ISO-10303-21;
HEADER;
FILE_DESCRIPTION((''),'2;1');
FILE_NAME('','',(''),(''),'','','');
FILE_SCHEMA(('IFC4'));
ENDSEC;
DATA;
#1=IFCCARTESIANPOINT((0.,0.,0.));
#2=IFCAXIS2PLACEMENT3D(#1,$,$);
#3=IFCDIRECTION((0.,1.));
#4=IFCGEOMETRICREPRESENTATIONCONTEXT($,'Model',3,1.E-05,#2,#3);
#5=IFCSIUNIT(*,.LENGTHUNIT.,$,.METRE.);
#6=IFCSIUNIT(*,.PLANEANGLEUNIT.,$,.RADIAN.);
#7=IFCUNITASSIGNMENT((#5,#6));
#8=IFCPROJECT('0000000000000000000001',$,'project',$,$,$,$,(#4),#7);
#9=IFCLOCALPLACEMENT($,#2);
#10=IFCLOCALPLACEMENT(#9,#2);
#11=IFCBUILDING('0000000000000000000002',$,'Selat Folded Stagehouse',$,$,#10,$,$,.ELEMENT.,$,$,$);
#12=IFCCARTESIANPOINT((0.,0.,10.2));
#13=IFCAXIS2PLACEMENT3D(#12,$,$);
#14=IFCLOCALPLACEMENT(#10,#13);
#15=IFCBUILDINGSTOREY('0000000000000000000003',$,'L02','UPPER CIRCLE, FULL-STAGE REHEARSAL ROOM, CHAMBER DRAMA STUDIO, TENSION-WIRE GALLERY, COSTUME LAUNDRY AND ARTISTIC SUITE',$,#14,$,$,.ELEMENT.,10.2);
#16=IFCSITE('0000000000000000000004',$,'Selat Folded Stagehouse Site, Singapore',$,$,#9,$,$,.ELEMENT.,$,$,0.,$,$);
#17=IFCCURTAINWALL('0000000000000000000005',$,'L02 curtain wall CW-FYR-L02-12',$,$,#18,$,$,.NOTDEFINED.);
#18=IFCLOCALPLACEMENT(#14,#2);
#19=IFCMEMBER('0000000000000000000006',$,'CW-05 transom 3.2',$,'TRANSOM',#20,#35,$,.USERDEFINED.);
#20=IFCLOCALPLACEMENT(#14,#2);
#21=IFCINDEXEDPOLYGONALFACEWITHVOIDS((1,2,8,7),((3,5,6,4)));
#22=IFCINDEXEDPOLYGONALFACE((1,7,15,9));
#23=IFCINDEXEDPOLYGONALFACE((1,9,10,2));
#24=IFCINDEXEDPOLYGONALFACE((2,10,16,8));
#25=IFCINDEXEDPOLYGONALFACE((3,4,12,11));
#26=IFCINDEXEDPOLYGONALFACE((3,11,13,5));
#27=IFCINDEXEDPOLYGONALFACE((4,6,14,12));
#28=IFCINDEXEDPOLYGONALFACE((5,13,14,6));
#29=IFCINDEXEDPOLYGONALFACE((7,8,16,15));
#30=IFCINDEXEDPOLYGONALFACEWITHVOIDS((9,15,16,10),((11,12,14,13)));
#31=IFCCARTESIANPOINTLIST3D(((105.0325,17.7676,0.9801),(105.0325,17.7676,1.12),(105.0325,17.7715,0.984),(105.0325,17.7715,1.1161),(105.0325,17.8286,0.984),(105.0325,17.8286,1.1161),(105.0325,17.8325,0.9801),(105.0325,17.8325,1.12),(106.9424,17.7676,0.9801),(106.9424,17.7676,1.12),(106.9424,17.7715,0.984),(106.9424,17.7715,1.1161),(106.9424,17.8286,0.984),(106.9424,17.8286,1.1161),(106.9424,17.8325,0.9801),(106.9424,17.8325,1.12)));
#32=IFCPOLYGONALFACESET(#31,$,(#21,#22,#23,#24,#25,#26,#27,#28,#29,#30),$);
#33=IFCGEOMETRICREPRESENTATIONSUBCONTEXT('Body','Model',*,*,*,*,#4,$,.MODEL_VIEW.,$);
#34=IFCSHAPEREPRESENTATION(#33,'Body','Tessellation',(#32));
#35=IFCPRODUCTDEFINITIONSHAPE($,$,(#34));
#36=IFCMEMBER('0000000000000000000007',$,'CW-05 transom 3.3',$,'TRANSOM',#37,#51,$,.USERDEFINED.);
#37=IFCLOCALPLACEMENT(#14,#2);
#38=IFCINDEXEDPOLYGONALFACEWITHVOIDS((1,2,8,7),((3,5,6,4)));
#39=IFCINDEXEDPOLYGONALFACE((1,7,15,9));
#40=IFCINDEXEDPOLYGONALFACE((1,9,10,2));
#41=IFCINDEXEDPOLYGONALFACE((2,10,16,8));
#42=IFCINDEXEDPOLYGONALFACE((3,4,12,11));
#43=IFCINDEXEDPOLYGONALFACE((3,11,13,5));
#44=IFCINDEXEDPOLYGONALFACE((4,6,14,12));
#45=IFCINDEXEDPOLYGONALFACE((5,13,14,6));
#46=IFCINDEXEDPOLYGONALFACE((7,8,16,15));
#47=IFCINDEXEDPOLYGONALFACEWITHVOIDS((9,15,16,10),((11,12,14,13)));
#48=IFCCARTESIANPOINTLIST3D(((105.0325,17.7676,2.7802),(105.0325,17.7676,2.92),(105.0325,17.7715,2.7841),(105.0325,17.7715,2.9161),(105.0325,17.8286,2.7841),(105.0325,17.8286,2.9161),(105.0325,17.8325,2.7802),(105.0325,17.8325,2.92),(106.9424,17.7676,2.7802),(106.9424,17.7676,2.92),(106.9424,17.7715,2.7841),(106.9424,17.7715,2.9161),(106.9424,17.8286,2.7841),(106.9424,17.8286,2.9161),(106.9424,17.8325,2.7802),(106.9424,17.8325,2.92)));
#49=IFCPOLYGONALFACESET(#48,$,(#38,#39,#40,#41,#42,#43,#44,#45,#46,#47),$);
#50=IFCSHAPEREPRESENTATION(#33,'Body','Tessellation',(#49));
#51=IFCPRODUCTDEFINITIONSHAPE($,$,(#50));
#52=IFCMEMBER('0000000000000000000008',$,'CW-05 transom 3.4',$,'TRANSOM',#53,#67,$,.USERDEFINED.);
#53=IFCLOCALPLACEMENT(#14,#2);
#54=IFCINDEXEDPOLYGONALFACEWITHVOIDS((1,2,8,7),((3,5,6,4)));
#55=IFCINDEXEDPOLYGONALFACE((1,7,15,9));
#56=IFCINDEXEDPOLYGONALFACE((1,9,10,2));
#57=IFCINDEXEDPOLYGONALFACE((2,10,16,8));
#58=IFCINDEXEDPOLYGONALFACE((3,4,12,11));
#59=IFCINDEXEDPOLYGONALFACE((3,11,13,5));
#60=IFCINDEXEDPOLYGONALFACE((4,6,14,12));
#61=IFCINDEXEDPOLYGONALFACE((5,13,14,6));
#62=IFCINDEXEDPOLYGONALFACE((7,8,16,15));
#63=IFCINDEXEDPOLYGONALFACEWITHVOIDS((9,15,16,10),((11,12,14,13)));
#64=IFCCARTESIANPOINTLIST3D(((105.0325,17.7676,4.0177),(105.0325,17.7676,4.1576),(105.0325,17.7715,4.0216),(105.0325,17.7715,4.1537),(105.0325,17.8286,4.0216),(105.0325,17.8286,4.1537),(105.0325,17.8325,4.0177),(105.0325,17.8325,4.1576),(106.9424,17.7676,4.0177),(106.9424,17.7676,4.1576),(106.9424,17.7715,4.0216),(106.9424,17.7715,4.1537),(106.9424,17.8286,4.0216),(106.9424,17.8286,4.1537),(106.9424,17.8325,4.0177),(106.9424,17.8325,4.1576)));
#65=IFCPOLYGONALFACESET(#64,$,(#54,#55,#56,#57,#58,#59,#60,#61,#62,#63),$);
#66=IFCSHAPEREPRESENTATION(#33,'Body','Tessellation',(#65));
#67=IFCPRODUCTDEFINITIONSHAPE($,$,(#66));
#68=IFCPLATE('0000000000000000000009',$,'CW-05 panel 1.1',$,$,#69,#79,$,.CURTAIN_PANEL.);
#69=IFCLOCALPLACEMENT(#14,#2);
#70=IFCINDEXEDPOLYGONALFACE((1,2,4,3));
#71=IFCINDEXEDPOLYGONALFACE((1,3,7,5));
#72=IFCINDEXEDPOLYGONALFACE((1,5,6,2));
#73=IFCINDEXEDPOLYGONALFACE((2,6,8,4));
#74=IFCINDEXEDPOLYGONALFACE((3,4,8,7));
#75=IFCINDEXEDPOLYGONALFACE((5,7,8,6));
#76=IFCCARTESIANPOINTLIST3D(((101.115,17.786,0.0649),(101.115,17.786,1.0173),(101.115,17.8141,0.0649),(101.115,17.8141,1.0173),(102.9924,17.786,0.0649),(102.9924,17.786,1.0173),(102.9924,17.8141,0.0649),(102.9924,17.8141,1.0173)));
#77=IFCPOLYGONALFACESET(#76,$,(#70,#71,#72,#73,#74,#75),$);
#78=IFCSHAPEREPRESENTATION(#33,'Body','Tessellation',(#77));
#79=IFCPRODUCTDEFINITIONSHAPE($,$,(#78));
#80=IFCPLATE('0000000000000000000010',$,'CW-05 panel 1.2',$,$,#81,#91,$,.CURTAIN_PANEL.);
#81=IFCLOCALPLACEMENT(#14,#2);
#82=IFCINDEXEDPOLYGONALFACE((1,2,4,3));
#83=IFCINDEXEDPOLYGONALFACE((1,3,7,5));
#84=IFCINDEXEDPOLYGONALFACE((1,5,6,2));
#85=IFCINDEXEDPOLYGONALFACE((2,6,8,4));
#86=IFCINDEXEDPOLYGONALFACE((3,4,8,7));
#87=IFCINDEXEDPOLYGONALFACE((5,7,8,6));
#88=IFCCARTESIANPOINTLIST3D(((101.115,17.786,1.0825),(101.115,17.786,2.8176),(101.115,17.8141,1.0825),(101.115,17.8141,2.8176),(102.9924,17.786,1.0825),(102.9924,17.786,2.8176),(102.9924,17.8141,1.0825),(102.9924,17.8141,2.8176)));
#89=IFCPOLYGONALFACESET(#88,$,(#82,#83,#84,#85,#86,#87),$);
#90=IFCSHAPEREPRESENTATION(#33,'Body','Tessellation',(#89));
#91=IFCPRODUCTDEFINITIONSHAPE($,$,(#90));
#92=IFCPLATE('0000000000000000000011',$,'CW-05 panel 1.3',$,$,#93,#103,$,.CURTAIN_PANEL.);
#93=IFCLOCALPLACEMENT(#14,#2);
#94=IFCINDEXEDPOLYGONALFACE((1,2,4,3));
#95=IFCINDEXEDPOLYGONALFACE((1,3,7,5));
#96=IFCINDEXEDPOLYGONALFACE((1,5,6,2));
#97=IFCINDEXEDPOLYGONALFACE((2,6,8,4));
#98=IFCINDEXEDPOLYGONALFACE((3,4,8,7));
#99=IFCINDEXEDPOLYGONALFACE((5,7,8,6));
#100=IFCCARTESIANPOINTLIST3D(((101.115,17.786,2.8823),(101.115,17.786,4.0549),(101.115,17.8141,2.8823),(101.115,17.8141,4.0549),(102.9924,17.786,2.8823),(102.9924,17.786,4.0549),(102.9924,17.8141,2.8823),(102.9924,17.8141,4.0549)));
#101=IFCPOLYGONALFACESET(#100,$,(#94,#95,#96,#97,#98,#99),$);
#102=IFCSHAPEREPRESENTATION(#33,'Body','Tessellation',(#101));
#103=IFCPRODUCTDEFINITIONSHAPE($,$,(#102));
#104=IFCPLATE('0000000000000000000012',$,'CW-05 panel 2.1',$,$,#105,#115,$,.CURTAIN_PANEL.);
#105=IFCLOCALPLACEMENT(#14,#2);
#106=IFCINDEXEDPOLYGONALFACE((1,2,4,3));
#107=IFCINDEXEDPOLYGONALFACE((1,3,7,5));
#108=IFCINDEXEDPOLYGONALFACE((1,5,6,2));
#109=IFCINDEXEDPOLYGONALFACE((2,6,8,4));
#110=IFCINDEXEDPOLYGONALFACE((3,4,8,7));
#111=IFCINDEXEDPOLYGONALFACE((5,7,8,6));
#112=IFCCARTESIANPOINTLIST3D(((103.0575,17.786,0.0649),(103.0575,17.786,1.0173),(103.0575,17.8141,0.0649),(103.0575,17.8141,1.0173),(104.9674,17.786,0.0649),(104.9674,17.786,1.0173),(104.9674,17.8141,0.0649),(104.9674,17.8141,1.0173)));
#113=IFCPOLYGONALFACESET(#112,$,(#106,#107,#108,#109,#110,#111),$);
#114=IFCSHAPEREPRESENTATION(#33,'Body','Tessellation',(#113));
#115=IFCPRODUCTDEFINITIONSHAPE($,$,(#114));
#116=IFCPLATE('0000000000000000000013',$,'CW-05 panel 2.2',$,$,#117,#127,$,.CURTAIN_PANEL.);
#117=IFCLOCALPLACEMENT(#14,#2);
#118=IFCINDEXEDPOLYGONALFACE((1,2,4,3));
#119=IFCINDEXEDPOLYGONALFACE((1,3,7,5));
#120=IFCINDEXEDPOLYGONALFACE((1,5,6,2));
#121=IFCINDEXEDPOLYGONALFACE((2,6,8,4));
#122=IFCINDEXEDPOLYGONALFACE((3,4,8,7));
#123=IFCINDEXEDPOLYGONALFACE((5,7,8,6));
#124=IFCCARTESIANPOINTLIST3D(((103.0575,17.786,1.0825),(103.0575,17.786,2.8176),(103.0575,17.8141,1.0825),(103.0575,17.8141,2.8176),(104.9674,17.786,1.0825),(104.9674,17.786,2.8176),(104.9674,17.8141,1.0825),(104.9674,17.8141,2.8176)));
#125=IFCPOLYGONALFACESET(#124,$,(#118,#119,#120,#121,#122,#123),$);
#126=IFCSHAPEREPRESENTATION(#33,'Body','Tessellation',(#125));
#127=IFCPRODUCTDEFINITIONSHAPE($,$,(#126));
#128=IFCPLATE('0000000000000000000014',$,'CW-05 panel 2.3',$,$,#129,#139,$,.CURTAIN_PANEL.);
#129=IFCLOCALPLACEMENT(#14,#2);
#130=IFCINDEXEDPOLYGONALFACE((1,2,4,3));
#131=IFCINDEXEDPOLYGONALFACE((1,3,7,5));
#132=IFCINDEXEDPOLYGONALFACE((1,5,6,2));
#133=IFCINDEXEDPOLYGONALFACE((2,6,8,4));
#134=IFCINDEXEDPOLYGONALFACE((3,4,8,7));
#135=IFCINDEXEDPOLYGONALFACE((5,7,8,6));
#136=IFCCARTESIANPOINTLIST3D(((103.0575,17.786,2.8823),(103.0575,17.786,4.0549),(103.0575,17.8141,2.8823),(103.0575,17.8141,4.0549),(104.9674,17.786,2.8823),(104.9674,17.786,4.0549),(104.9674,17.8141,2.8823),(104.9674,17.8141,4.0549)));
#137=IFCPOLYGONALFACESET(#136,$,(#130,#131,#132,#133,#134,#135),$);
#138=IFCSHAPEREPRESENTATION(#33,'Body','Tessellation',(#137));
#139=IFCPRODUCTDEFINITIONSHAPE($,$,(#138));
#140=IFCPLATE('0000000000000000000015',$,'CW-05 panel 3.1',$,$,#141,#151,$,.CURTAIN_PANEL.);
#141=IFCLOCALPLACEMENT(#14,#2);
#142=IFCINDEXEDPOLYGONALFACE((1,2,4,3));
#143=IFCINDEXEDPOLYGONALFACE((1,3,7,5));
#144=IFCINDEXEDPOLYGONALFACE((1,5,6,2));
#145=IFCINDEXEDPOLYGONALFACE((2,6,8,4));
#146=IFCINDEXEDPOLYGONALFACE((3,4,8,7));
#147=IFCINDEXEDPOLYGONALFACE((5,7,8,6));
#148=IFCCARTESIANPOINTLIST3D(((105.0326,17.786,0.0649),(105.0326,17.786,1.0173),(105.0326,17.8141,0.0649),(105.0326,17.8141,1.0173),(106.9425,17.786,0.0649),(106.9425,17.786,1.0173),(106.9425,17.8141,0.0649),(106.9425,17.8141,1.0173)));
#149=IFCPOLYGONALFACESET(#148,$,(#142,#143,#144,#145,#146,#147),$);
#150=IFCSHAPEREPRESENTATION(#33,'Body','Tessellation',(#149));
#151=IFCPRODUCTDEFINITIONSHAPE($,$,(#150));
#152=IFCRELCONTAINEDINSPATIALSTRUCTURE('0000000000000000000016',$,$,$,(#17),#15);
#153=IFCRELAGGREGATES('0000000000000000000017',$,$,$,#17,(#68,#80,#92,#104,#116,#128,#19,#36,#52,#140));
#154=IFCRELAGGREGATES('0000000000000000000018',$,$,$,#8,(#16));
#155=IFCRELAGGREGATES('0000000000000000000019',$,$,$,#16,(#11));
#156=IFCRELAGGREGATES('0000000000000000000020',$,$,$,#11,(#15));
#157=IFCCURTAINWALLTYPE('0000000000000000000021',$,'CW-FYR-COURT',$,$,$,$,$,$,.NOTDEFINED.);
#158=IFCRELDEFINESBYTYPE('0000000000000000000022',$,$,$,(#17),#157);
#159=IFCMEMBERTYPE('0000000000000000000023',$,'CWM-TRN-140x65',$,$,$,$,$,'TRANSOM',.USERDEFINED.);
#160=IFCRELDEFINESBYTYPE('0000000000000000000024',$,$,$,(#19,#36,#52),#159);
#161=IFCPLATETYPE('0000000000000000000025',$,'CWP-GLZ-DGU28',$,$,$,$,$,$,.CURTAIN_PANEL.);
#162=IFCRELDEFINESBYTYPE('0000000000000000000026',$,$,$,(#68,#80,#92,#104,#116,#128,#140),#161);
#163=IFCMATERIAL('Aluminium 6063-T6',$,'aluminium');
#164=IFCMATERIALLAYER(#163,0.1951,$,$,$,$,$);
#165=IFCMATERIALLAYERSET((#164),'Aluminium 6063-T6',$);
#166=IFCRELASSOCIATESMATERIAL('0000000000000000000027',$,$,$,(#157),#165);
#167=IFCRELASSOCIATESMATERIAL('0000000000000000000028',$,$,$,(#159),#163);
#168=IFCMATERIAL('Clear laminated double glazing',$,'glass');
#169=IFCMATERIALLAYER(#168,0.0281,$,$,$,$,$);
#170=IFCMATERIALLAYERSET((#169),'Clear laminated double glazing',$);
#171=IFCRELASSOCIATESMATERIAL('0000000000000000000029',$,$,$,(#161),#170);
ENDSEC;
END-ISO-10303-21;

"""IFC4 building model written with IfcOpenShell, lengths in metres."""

from ifc_helpers import new_model, si_unit, direction, frame, origin, origin_2d, place, context, subcontext, project, spatial, rectangle, hollow_rectangle, extrude, material, layer, layer_set, material_profile, profile_set, type_object, element, aggregate, save


model = new_model("IFC4")

# Units and contexts
model_context = context("Model", 3, precision=1e-05, world=origin(), true_north=direction((0.0, 1.0)))
body_context = subcontext(model_context, "Body", "Model", "MODEL_VIEW")
ifc_project = project(units=[si_unit("LENGTHUNIT", "METRE"), si_unit("PLANEANGLEUNIT", "RADIAN")], contexts=[model_context])

# Site, building, storey
site_placement = place(None, origin())
site = spatial("IfcSite", under=ifc_project, at=site_placement, Name="Selat Folded Stagehouse Site, Singapore", CompositionType="ELEMENT", RefElevation=0.0)
building_placement = place(site_placement, origin())
building = spatial("IfcBuilding", under=site, at=building_placement, Name="Selat Folded Stagehouse", CompositionType="ELEMENT")
storey_placement = place(building_placement, frame((0.0, 0.0, 10.2)))
storey = spatial("IfcBuildingStorey", under=building, at=storey_placement, Name="L02", Description="UPPER CIRCLE, FULL-STAGE REHEARSAL ROOM, CHAMBER DRAMA STUDIO, TENSION-WIRE GALLERY, COSTUME LAUNDRY AND ARTISTIC SUITE", CompositionType="ELEMENT", Elevation=10.2)

# Curtain wall, members, plates
ifc_material_1 = material(Name="Aluminium 6063-T6", Category="aluminium")
ifc_layer_1 = layer(ifc_material_1, 0.1951)
ifc_layer_set_1 = layer_set([ifc_layer_1], Name="Aluminium 6063-T6")
curtain_wall_type = type_object("IfcCurtainWallType", Name="CW-FYR-COURT", PredefinedType="NOTDEFINED", material=ifc_layer_set_1)
curtain_wall_placement = place(storey_placement, origin())
curtain_wall = element("IfcCurtainWall", 1, at=curtain_wall_placement, inside=storey, type_object=curtain_wall_type, Name="L02 curtain wall CW-FYR-L02-12", PredefinedType="NOTDEFINED")
ifc_material_profile_1 = material_profile(ifc_material_1, hollow_rectangle(XDim=0.0649, YDim=0.1399, WallThickness=0.0039, at=origin_2d()), Name="ALU 140x65x4.0")
ifc_profile_set_1 = profile_set([ifc_material_profile_1], Name="Aluminium 6063-T6")
member_type_1 = type_object("IfcMemberType", Name="CWM-TRN-140x65", ElementType="TRANSOM", PredefinedType="USERDEFINED", material=ifc_profile_set_1)
member_1_placement = place(storey_placement, frame((105.0325, 17.8, 1.05), z_axis=(1.0, 0.0, 0.0), x_axis=(0.0, 1.0, 0.0)))
member_1 = element("IfcMember", 2, at=member_1_placement, type_object=member_type_1, Name="CW-05 transom 3.2", ObjectType="TRANSOM", PredefinedType="USERDEFINED", context=body_context, shape_type="SweptSolid", body=[
    extrude(hollow_rectangle(XDim=0.0649, YDim=0.1399, WallThickness=0.0039, at=origin_2d()), origin(), (0.0, 0.0, 1.0), 1.9099),
])
member_2_placement = place(storey_placement, frame((105.0325, 17.8, 2.8501), z_axis=(1.0, 0.0, 0.0), x_axis=(0.0, 1.0, 0.0)))
member_2 = element("IfcMember", 3, at=member_2_placement, type_object=member_type_1, Name="CW-05 transom 3.3", ObjectType="TRANSOM", PredefinedType="USERDEFINED", context=body_context, shape_type="SweptSolid", body=[
    extrude(hollow_rectangle(XDim=0.0649, YDim=0.1399, WallThickness=0.0039, at=origin_2d()), origin(), (0.0, 0.0, 1.0), 1.9099),
])
member_3_placement = place(storey_placement, frame((105.0325, 17.8, 4.0876), z_axis=(1.0, 0.0, 0.0), x_axis=(0.0, 1.0, 0.0)))
member_3 = element("IfcMember", 4, at=member_3_placement, type_object=member_type_1, Name="CW-05 transom 3.4", ObjectType="TRANSOM", PredefinedType="USERDEFINED", context=body_context, shape_type="SweptSolid", body=[
    extrude(hollow_rectangle(XDim=0.0649, YDim=0.1399, WallThickness=0.0039, at=origin_2d()), origin(), (0.0, 0.0, 1.0), 1.9099),
])
ifc_material_2 = material(Name="Clear laminated double glazing", Category="glass")
ifc_layer_2 = layer(ifc_material_2, 0.0281)
ifc_layer_set_2 = layer_set([ifc_layer_2], Name="Clear laminated double glazing")
plate_type = type_object("IfcPlateType", Name="CWP-GLZ-DGU28", PredefinedType="CURTAIN_PANEL", material=ifc_layer_set_2)
plate_1_placement = place(storey_placement, frame((102.0537, 17.8, 0.0649), z_axis=(0.0, 0.0, 1.0), x_axis=(1.0, 0.0, 0.0)))
plate_1 = element("IfcPlate", 5, at=plate_1_placement, type_object=plate_type, Name="CW-05 panel 1.1", PredefinedType="CURTAIN_PANEL", context=body_context, shape_type="SweptSolid", body=[
    extrude(rectangle(XDim=1.8774, YDim=0.0281, at=origin_2d()), origin(), (0.0, 0.0, 1.0), 0.9524),
])
plate_2_placement = place(storey_placement, frame((102.0537, 17.8, 1.0825), z_axis=(0.0, 0.0, 1.0), x_axis=(1.0, 0.0, 0.0)))
plate_2 = element("IfcPlate", 6, at=plate_2_placement, type_object=plate_type, Name="CW-05 panel 1.2", PredefinedType="CURTAIN_PANEL", context=body_context, shape_type="SweptSolid", body=[
    extrude(rectangle(XDim=1.8774, YDim=0.0281, at=origin_2d()), origin(), (0.0, 0.0, 1.0), 1.7351),
])
plate_3_placement = place(storey_placement, frame((102.0537, 17.8, 2.8823), z_axis=(0.0, 0.0, 1.0), x_axis=(1.0, 0.0, 0.0)))
plate_3 = element("IfcPlate", 7, at=plate_3_placement, type_object=plate_type, Name="CW-05 panel 1.3", PredefinedType="CURTAIN_PANEL", context=body_context, shape_type="SweptSolid", body=[
    extrude(rectangle(XDim=1.8774, YDim=0.0281, at=origin_2d()), origin(), (0.0, 0.0, 1.0), 1.1726),
])
plate_4_placement = place(storey_placement, frame((104.0125, 17.8, 0.0649), z_axis=(0.0, 0.0, 1.0), x_axis=(1.0, 0.0, 0.0)))
plate_4 = element("IfcPlate", 8, at=plate_4_placement, type_object=plate_type, Name="CW-05 panel 2.1", PredefinedType="CURTAIN_PANEL", context=body_context, shape_type="SweptSolid", body=[
    extrude(rectangle(XDim=1.9099, YDim=0.0281, at=origin_2d()), origin(), (0.0, 0.0, 1.0), 0.9524),
])
plate_5_placement = place(storey_placement, frame((104.0125, 17.8, 1.0825), z_axis=(0.0, 0.0, 1.0), x_axis=(1.0, 0.0, 0.0)))
plate_5 = element("IfcPlate", 9, at=plate_5_placement, type_object=plate_type, Name="CW-05 panel 2.2", PredefinedType="CURTAIN_PANEL", context=body_context, shape_type="SweptSolid", body=[
    extrude(rectangle(XDim=1.9099, YDim=0.0281, at=origin_2d()), origin(), (0.0, 0.0, 1.0), 1.7351),
])
plate_6_placement = place(storey_placement, frame((104.0125, 17.8, 2.8823), z_axis=(0.0, 0.0, 1.0), x_axis=(1.0, 0.0, 0.0)))
plate_6 = element("IfcPlate", 10, at=plate_6_placement, type_object=plate_type, Name="CW-05 panel 2.3", PredefinedType="CURTAIN_PANEL", context=body_context, shape_type="SweptSolid", body=[
    extrude(rectangle(XDim=1.9099, YDim=0.0281, at=origin_2d()), origin(), (0.0, 0.0, 1.0), 1.1726),
])
plate_7_placement = place(storey_placement, frame((105.9875, 17.8, 0.0649), z_axis=(0.0, 0.0, 1.0), x_axis=(1.0, 0.0, 0.0)))
plate_7 = element("IfcPlate", 11, at=plate_7_placement, type_object=plate_type, Name="CW-05 panel 3.1", PredefinedType="CURTAIN_PANEL", context=body_context, shape_type="SweptSolid", body=[
    extrude(rectangle(XDim=1.9099, YDim=0.0281, at=origin_2d()), origin(), (0.0, 0.0, 1.0), 0.9524),
])
aggregate(curtain_wall, [plate_1, plate_2, plate_3, plate_4, plate_5, plate_6, member_1, member_2, member_3, plate_7])

save(model, "model.ifc")
